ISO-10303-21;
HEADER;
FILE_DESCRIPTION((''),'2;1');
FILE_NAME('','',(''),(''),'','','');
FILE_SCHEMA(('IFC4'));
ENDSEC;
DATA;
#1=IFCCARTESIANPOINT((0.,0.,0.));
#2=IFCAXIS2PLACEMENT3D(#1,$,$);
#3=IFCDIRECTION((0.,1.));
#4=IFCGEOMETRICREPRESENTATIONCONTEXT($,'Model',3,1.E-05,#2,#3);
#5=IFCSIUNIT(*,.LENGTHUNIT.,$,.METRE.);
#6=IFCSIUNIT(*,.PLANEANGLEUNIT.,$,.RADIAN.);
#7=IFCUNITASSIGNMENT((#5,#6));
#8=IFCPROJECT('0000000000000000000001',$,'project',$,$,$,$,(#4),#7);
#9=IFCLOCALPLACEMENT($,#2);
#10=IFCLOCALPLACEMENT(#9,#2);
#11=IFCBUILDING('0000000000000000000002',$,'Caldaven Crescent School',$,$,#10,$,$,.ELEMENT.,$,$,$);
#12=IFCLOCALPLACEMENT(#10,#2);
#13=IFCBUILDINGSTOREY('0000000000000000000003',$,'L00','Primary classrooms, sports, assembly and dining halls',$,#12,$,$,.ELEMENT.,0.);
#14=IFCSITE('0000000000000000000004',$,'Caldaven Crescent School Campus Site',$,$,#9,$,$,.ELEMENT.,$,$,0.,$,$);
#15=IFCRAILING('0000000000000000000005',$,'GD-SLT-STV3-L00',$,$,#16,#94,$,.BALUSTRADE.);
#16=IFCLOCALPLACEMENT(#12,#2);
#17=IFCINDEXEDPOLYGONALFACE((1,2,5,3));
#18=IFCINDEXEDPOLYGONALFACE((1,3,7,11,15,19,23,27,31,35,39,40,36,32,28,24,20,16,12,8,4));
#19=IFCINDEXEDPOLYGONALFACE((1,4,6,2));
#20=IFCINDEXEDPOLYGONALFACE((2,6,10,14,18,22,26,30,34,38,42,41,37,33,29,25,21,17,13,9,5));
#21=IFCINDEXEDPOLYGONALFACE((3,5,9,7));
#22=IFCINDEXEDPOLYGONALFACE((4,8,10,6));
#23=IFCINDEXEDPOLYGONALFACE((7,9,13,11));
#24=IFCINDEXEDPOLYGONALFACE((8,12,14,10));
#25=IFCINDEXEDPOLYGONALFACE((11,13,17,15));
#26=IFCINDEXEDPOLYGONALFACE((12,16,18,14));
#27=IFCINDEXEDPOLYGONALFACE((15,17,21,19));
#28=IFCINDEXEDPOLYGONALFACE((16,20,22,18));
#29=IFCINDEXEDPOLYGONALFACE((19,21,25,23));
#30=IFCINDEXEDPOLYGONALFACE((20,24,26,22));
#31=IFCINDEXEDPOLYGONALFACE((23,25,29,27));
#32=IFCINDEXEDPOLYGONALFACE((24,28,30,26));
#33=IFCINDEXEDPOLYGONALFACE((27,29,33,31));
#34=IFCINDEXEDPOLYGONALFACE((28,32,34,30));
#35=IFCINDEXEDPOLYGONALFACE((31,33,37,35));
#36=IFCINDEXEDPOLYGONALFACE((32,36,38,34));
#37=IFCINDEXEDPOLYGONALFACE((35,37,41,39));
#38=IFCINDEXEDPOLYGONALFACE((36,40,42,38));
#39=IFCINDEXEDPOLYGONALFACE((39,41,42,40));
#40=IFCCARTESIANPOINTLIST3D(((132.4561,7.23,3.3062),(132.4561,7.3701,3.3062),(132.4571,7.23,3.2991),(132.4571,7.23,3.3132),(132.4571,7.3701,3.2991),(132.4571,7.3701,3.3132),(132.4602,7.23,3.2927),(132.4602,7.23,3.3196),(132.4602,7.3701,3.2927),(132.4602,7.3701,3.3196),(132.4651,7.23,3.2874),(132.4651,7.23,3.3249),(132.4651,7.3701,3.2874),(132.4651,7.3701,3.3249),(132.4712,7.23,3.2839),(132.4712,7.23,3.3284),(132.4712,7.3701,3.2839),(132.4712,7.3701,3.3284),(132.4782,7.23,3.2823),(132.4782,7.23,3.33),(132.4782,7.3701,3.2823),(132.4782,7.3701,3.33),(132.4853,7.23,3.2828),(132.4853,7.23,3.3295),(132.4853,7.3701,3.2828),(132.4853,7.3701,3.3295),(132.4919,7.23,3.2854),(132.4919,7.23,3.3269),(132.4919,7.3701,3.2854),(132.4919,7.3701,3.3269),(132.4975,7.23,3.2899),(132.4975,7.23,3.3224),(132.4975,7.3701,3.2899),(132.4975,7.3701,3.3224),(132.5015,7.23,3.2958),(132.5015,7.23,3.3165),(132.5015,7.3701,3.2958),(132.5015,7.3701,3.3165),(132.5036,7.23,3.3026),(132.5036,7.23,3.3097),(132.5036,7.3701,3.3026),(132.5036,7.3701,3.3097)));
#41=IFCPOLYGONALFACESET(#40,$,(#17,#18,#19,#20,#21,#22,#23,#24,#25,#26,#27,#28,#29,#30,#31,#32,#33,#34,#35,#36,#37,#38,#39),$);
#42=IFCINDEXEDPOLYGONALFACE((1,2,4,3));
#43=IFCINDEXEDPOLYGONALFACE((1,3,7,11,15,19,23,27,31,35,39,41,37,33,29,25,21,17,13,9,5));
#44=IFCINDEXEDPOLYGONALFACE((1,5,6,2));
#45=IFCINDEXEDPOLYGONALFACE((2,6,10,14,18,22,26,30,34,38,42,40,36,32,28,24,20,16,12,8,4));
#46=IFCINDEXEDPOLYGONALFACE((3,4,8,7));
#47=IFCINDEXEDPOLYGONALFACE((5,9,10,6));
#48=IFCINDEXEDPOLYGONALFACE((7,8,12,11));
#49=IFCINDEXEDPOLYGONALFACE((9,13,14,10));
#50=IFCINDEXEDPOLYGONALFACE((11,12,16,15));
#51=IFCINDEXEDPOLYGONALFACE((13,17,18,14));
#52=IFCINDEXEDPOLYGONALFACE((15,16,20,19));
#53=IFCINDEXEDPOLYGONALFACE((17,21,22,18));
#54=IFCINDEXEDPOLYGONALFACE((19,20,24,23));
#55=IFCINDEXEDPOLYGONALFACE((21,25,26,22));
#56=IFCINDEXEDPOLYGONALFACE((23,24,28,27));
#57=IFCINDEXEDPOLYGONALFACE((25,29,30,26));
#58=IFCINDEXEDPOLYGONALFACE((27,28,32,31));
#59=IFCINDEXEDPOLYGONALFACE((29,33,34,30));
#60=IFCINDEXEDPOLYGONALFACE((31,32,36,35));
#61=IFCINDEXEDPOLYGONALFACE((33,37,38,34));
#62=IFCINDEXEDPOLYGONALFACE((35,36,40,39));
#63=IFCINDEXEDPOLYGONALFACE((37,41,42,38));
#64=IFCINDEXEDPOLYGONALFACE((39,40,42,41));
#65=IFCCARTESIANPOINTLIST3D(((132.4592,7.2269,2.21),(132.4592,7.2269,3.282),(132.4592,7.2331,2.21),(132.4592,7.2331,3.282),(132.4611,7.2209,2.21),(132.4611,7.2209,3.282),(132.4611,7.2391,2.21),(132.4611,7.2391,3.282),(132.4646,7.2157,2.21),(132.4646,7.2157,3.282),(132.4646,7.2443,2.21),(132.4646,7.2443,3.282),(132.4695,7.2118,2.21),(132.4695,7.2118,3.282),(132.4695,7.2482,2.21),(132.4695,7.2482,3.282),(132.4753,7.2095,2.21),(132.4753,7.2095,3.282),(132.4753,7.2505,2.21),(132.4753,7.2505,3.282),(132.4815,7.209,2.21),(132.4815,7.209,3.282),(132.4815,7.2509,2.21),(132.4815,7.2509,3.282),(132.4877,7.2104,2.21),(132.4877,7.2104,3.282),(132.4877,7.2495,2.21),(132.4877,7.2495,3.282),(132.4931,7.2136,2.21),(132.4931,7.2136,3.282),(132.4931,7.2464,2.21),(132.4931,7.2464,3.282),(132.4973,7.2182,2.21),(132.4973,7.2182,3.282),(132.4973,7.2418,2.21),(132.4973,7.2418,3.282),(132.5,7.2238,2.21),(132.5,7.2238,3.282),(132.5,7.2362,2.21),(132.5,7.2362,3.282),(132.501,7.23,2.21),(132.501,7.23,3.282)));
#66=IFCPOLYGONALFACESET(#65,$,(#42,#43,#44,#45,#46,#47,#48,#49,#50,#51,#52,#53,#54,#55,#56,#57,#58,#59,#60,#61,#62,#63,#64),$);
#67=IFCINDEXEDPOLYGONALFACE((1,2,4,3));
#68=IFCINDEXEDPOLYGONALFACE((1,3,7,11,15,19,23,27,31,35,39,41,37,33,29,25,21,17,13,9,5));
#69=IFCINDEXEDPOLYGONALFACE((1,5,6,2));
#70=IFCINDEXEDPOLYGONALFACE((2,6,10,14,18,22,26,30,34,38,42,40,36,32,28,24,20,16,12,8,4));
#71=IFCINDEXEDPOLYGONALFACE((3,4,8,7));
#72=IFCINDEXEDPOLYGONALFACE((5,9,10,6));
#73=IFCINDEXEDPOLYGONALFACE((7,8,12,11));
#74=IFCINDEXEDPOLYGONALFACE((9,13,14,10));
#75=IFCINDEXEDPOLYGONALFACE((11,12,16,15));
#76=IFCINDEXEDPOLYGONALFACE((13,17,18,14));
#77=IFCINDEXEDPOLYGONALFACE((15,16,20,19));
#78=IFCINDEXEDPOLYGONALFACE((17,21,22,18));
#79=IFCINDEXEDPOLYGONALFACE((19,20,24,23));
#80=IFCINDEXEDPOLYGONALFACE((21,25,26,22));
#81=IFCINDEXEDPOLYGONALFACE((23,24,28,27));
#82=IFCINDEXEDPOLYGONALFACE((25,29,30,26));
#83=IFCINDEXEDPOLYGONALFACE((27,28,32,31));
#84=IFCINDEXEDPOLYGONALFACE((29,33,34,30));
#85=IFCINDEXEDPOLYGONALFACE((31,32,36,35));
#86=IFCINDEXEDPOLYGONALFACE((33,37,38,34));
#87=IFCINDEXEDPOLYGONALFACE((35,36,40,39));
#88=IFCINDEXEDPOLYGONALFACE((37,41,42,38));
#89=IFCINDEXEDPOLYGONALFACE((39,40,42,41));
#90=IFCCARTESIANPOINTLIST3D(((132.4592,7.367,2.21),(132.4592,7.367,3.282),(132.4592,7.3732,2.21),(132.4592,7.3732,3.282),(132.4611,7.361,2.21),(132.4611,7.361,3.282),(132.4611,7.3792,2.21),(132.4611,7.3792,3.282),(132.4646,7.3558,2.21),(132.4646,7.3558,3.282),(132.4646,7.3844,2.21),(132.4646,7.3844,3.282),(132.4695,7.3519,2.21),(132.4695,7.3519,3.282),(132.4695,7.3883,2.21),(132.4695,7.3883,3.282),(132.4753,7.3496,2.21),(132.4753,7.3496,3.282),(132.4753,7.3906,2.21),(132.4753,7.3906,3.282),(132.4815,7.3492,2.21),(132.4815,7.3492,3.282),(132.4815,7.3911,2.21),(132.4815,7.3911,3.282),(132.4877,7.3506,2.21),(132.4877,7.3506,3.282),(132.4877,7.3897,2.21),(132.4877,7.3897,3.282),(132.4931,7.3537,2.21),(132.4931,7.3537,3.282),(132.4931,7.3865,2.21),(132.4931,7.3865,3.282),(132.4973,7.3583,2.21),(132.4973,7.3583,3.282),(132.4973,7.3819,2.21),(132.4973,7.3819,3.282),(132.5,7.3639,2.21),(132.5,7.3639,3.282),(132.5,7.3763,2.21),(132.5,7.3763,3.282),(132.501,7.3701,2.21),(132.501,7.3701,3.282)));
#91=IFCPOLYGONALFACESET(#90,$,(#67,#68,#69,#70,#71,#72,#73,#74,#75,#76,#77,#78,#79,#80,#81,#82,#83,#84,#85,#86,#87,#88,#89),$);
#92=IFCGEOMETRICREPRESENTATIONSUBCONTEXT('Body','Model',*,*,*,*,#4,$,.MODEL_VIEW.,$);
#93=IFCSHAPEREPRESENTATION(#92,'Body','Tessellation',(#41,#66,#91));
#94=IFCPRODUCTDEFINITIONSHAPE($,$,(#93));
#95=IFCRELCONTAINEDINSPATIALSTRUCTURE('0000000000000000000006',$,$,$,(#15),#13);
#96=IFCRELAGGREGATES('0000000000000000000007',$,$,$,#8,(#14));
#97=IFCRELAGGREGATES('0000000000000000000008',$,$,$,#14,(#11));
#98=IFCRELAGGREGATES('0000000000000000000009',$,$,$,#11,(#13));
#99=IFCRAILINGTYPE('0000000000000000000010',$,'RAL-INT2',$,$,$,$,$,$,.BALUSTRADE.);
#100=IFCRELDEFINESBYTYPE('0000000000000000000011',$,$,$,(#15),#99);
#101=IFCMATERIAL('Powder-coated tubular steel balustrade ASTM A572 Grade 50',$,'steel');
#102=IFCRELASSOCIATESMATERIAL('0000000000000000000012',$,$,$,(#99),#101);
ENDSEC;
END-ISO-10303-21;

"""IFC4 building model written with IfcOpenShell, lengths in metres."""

from ifc_helpers import new_model, si_unit, direction, frame, origin, origin_2d, place, context, subcontext, project, spatial, circle, extrude, material, type_object, element, save


model = new_model("IFC4")

# Units and contexts
model_context = context("Model", 3, precision=1e-05, world=origin(), true_north=direction((0.0, 1.0)))
body_context = subcontext(model_context, "Body", "Model", "MODEL_VIEW")
ifc_project = project(units=[si_unit("LENGTHUNIT", "METRE"), si_unit("PLANEANGLEUNIT", "RADIAN")], contexts=[model_context])

# Site, building, storey
site_placement = place(None, origin())
site = spatial("IfcSite", under=ifc_project, at=site_placement, Name="Caldaven Crescent School Campus Site", CompositionType="ELEMENT", RefElevation=0.0)
building_placement = place(site_placement, origin())
building = spatial("IfcBuilding", under=site, at=building_placement, Name="Caldaven Crescent School", CompositionType="ELEMENT")
storey_placement = place(building_placement, origin())
storey = spatial("IfcBuildingStorey", under=building, at=storey_placement, Name="L00", Description="Primary classrooms, sports, assembly and dining halls", CompositionType="ELEMENT", Elevation=0.0)

# Railing
ifc_material_1 = material(Name="Powder-coated tubular steel balustrade ASTM A572 Grade 50", Category="steel")
railing_type_1 = type_object("IfcRailingType", Name="RAL-INT2", PredefinedType="BALUSTRADE", material=ifc_material_1)
railing_1_placement = place(storey_placement, frame((132.48, 7.23, 2.21)))
element("IfcRailing", 1, at=railing_1_placement, inside=storey, type_object=railing_type_1, Name="GD-SLT-STV3-L00", PredefinedType="BALUSTRADE", context=body_context, shape_type="SweptSolid", body=[
    extrude(circle(Radius=0.0239, at=origin_2d()), frame((0.0, 0.0, 1.0962), z_axis=(0.0, 1.0, 0.0), x_axis=(-1.0, 0.0, 0.0)), (0.0, 0.0, 1.0), 0.1401),
    extrude(circle(Radius=0.021, at=origin_2d()), origin(), (0.0, 0.0, 1.0), 1.072),
    extrude(circle(Radius=0.021, at=origin_2d()), frame((0.0, 0.1401, 0.0)), (0.0, 0.0, 1.0), 1.072),
])

save(model, "model.ifc")
